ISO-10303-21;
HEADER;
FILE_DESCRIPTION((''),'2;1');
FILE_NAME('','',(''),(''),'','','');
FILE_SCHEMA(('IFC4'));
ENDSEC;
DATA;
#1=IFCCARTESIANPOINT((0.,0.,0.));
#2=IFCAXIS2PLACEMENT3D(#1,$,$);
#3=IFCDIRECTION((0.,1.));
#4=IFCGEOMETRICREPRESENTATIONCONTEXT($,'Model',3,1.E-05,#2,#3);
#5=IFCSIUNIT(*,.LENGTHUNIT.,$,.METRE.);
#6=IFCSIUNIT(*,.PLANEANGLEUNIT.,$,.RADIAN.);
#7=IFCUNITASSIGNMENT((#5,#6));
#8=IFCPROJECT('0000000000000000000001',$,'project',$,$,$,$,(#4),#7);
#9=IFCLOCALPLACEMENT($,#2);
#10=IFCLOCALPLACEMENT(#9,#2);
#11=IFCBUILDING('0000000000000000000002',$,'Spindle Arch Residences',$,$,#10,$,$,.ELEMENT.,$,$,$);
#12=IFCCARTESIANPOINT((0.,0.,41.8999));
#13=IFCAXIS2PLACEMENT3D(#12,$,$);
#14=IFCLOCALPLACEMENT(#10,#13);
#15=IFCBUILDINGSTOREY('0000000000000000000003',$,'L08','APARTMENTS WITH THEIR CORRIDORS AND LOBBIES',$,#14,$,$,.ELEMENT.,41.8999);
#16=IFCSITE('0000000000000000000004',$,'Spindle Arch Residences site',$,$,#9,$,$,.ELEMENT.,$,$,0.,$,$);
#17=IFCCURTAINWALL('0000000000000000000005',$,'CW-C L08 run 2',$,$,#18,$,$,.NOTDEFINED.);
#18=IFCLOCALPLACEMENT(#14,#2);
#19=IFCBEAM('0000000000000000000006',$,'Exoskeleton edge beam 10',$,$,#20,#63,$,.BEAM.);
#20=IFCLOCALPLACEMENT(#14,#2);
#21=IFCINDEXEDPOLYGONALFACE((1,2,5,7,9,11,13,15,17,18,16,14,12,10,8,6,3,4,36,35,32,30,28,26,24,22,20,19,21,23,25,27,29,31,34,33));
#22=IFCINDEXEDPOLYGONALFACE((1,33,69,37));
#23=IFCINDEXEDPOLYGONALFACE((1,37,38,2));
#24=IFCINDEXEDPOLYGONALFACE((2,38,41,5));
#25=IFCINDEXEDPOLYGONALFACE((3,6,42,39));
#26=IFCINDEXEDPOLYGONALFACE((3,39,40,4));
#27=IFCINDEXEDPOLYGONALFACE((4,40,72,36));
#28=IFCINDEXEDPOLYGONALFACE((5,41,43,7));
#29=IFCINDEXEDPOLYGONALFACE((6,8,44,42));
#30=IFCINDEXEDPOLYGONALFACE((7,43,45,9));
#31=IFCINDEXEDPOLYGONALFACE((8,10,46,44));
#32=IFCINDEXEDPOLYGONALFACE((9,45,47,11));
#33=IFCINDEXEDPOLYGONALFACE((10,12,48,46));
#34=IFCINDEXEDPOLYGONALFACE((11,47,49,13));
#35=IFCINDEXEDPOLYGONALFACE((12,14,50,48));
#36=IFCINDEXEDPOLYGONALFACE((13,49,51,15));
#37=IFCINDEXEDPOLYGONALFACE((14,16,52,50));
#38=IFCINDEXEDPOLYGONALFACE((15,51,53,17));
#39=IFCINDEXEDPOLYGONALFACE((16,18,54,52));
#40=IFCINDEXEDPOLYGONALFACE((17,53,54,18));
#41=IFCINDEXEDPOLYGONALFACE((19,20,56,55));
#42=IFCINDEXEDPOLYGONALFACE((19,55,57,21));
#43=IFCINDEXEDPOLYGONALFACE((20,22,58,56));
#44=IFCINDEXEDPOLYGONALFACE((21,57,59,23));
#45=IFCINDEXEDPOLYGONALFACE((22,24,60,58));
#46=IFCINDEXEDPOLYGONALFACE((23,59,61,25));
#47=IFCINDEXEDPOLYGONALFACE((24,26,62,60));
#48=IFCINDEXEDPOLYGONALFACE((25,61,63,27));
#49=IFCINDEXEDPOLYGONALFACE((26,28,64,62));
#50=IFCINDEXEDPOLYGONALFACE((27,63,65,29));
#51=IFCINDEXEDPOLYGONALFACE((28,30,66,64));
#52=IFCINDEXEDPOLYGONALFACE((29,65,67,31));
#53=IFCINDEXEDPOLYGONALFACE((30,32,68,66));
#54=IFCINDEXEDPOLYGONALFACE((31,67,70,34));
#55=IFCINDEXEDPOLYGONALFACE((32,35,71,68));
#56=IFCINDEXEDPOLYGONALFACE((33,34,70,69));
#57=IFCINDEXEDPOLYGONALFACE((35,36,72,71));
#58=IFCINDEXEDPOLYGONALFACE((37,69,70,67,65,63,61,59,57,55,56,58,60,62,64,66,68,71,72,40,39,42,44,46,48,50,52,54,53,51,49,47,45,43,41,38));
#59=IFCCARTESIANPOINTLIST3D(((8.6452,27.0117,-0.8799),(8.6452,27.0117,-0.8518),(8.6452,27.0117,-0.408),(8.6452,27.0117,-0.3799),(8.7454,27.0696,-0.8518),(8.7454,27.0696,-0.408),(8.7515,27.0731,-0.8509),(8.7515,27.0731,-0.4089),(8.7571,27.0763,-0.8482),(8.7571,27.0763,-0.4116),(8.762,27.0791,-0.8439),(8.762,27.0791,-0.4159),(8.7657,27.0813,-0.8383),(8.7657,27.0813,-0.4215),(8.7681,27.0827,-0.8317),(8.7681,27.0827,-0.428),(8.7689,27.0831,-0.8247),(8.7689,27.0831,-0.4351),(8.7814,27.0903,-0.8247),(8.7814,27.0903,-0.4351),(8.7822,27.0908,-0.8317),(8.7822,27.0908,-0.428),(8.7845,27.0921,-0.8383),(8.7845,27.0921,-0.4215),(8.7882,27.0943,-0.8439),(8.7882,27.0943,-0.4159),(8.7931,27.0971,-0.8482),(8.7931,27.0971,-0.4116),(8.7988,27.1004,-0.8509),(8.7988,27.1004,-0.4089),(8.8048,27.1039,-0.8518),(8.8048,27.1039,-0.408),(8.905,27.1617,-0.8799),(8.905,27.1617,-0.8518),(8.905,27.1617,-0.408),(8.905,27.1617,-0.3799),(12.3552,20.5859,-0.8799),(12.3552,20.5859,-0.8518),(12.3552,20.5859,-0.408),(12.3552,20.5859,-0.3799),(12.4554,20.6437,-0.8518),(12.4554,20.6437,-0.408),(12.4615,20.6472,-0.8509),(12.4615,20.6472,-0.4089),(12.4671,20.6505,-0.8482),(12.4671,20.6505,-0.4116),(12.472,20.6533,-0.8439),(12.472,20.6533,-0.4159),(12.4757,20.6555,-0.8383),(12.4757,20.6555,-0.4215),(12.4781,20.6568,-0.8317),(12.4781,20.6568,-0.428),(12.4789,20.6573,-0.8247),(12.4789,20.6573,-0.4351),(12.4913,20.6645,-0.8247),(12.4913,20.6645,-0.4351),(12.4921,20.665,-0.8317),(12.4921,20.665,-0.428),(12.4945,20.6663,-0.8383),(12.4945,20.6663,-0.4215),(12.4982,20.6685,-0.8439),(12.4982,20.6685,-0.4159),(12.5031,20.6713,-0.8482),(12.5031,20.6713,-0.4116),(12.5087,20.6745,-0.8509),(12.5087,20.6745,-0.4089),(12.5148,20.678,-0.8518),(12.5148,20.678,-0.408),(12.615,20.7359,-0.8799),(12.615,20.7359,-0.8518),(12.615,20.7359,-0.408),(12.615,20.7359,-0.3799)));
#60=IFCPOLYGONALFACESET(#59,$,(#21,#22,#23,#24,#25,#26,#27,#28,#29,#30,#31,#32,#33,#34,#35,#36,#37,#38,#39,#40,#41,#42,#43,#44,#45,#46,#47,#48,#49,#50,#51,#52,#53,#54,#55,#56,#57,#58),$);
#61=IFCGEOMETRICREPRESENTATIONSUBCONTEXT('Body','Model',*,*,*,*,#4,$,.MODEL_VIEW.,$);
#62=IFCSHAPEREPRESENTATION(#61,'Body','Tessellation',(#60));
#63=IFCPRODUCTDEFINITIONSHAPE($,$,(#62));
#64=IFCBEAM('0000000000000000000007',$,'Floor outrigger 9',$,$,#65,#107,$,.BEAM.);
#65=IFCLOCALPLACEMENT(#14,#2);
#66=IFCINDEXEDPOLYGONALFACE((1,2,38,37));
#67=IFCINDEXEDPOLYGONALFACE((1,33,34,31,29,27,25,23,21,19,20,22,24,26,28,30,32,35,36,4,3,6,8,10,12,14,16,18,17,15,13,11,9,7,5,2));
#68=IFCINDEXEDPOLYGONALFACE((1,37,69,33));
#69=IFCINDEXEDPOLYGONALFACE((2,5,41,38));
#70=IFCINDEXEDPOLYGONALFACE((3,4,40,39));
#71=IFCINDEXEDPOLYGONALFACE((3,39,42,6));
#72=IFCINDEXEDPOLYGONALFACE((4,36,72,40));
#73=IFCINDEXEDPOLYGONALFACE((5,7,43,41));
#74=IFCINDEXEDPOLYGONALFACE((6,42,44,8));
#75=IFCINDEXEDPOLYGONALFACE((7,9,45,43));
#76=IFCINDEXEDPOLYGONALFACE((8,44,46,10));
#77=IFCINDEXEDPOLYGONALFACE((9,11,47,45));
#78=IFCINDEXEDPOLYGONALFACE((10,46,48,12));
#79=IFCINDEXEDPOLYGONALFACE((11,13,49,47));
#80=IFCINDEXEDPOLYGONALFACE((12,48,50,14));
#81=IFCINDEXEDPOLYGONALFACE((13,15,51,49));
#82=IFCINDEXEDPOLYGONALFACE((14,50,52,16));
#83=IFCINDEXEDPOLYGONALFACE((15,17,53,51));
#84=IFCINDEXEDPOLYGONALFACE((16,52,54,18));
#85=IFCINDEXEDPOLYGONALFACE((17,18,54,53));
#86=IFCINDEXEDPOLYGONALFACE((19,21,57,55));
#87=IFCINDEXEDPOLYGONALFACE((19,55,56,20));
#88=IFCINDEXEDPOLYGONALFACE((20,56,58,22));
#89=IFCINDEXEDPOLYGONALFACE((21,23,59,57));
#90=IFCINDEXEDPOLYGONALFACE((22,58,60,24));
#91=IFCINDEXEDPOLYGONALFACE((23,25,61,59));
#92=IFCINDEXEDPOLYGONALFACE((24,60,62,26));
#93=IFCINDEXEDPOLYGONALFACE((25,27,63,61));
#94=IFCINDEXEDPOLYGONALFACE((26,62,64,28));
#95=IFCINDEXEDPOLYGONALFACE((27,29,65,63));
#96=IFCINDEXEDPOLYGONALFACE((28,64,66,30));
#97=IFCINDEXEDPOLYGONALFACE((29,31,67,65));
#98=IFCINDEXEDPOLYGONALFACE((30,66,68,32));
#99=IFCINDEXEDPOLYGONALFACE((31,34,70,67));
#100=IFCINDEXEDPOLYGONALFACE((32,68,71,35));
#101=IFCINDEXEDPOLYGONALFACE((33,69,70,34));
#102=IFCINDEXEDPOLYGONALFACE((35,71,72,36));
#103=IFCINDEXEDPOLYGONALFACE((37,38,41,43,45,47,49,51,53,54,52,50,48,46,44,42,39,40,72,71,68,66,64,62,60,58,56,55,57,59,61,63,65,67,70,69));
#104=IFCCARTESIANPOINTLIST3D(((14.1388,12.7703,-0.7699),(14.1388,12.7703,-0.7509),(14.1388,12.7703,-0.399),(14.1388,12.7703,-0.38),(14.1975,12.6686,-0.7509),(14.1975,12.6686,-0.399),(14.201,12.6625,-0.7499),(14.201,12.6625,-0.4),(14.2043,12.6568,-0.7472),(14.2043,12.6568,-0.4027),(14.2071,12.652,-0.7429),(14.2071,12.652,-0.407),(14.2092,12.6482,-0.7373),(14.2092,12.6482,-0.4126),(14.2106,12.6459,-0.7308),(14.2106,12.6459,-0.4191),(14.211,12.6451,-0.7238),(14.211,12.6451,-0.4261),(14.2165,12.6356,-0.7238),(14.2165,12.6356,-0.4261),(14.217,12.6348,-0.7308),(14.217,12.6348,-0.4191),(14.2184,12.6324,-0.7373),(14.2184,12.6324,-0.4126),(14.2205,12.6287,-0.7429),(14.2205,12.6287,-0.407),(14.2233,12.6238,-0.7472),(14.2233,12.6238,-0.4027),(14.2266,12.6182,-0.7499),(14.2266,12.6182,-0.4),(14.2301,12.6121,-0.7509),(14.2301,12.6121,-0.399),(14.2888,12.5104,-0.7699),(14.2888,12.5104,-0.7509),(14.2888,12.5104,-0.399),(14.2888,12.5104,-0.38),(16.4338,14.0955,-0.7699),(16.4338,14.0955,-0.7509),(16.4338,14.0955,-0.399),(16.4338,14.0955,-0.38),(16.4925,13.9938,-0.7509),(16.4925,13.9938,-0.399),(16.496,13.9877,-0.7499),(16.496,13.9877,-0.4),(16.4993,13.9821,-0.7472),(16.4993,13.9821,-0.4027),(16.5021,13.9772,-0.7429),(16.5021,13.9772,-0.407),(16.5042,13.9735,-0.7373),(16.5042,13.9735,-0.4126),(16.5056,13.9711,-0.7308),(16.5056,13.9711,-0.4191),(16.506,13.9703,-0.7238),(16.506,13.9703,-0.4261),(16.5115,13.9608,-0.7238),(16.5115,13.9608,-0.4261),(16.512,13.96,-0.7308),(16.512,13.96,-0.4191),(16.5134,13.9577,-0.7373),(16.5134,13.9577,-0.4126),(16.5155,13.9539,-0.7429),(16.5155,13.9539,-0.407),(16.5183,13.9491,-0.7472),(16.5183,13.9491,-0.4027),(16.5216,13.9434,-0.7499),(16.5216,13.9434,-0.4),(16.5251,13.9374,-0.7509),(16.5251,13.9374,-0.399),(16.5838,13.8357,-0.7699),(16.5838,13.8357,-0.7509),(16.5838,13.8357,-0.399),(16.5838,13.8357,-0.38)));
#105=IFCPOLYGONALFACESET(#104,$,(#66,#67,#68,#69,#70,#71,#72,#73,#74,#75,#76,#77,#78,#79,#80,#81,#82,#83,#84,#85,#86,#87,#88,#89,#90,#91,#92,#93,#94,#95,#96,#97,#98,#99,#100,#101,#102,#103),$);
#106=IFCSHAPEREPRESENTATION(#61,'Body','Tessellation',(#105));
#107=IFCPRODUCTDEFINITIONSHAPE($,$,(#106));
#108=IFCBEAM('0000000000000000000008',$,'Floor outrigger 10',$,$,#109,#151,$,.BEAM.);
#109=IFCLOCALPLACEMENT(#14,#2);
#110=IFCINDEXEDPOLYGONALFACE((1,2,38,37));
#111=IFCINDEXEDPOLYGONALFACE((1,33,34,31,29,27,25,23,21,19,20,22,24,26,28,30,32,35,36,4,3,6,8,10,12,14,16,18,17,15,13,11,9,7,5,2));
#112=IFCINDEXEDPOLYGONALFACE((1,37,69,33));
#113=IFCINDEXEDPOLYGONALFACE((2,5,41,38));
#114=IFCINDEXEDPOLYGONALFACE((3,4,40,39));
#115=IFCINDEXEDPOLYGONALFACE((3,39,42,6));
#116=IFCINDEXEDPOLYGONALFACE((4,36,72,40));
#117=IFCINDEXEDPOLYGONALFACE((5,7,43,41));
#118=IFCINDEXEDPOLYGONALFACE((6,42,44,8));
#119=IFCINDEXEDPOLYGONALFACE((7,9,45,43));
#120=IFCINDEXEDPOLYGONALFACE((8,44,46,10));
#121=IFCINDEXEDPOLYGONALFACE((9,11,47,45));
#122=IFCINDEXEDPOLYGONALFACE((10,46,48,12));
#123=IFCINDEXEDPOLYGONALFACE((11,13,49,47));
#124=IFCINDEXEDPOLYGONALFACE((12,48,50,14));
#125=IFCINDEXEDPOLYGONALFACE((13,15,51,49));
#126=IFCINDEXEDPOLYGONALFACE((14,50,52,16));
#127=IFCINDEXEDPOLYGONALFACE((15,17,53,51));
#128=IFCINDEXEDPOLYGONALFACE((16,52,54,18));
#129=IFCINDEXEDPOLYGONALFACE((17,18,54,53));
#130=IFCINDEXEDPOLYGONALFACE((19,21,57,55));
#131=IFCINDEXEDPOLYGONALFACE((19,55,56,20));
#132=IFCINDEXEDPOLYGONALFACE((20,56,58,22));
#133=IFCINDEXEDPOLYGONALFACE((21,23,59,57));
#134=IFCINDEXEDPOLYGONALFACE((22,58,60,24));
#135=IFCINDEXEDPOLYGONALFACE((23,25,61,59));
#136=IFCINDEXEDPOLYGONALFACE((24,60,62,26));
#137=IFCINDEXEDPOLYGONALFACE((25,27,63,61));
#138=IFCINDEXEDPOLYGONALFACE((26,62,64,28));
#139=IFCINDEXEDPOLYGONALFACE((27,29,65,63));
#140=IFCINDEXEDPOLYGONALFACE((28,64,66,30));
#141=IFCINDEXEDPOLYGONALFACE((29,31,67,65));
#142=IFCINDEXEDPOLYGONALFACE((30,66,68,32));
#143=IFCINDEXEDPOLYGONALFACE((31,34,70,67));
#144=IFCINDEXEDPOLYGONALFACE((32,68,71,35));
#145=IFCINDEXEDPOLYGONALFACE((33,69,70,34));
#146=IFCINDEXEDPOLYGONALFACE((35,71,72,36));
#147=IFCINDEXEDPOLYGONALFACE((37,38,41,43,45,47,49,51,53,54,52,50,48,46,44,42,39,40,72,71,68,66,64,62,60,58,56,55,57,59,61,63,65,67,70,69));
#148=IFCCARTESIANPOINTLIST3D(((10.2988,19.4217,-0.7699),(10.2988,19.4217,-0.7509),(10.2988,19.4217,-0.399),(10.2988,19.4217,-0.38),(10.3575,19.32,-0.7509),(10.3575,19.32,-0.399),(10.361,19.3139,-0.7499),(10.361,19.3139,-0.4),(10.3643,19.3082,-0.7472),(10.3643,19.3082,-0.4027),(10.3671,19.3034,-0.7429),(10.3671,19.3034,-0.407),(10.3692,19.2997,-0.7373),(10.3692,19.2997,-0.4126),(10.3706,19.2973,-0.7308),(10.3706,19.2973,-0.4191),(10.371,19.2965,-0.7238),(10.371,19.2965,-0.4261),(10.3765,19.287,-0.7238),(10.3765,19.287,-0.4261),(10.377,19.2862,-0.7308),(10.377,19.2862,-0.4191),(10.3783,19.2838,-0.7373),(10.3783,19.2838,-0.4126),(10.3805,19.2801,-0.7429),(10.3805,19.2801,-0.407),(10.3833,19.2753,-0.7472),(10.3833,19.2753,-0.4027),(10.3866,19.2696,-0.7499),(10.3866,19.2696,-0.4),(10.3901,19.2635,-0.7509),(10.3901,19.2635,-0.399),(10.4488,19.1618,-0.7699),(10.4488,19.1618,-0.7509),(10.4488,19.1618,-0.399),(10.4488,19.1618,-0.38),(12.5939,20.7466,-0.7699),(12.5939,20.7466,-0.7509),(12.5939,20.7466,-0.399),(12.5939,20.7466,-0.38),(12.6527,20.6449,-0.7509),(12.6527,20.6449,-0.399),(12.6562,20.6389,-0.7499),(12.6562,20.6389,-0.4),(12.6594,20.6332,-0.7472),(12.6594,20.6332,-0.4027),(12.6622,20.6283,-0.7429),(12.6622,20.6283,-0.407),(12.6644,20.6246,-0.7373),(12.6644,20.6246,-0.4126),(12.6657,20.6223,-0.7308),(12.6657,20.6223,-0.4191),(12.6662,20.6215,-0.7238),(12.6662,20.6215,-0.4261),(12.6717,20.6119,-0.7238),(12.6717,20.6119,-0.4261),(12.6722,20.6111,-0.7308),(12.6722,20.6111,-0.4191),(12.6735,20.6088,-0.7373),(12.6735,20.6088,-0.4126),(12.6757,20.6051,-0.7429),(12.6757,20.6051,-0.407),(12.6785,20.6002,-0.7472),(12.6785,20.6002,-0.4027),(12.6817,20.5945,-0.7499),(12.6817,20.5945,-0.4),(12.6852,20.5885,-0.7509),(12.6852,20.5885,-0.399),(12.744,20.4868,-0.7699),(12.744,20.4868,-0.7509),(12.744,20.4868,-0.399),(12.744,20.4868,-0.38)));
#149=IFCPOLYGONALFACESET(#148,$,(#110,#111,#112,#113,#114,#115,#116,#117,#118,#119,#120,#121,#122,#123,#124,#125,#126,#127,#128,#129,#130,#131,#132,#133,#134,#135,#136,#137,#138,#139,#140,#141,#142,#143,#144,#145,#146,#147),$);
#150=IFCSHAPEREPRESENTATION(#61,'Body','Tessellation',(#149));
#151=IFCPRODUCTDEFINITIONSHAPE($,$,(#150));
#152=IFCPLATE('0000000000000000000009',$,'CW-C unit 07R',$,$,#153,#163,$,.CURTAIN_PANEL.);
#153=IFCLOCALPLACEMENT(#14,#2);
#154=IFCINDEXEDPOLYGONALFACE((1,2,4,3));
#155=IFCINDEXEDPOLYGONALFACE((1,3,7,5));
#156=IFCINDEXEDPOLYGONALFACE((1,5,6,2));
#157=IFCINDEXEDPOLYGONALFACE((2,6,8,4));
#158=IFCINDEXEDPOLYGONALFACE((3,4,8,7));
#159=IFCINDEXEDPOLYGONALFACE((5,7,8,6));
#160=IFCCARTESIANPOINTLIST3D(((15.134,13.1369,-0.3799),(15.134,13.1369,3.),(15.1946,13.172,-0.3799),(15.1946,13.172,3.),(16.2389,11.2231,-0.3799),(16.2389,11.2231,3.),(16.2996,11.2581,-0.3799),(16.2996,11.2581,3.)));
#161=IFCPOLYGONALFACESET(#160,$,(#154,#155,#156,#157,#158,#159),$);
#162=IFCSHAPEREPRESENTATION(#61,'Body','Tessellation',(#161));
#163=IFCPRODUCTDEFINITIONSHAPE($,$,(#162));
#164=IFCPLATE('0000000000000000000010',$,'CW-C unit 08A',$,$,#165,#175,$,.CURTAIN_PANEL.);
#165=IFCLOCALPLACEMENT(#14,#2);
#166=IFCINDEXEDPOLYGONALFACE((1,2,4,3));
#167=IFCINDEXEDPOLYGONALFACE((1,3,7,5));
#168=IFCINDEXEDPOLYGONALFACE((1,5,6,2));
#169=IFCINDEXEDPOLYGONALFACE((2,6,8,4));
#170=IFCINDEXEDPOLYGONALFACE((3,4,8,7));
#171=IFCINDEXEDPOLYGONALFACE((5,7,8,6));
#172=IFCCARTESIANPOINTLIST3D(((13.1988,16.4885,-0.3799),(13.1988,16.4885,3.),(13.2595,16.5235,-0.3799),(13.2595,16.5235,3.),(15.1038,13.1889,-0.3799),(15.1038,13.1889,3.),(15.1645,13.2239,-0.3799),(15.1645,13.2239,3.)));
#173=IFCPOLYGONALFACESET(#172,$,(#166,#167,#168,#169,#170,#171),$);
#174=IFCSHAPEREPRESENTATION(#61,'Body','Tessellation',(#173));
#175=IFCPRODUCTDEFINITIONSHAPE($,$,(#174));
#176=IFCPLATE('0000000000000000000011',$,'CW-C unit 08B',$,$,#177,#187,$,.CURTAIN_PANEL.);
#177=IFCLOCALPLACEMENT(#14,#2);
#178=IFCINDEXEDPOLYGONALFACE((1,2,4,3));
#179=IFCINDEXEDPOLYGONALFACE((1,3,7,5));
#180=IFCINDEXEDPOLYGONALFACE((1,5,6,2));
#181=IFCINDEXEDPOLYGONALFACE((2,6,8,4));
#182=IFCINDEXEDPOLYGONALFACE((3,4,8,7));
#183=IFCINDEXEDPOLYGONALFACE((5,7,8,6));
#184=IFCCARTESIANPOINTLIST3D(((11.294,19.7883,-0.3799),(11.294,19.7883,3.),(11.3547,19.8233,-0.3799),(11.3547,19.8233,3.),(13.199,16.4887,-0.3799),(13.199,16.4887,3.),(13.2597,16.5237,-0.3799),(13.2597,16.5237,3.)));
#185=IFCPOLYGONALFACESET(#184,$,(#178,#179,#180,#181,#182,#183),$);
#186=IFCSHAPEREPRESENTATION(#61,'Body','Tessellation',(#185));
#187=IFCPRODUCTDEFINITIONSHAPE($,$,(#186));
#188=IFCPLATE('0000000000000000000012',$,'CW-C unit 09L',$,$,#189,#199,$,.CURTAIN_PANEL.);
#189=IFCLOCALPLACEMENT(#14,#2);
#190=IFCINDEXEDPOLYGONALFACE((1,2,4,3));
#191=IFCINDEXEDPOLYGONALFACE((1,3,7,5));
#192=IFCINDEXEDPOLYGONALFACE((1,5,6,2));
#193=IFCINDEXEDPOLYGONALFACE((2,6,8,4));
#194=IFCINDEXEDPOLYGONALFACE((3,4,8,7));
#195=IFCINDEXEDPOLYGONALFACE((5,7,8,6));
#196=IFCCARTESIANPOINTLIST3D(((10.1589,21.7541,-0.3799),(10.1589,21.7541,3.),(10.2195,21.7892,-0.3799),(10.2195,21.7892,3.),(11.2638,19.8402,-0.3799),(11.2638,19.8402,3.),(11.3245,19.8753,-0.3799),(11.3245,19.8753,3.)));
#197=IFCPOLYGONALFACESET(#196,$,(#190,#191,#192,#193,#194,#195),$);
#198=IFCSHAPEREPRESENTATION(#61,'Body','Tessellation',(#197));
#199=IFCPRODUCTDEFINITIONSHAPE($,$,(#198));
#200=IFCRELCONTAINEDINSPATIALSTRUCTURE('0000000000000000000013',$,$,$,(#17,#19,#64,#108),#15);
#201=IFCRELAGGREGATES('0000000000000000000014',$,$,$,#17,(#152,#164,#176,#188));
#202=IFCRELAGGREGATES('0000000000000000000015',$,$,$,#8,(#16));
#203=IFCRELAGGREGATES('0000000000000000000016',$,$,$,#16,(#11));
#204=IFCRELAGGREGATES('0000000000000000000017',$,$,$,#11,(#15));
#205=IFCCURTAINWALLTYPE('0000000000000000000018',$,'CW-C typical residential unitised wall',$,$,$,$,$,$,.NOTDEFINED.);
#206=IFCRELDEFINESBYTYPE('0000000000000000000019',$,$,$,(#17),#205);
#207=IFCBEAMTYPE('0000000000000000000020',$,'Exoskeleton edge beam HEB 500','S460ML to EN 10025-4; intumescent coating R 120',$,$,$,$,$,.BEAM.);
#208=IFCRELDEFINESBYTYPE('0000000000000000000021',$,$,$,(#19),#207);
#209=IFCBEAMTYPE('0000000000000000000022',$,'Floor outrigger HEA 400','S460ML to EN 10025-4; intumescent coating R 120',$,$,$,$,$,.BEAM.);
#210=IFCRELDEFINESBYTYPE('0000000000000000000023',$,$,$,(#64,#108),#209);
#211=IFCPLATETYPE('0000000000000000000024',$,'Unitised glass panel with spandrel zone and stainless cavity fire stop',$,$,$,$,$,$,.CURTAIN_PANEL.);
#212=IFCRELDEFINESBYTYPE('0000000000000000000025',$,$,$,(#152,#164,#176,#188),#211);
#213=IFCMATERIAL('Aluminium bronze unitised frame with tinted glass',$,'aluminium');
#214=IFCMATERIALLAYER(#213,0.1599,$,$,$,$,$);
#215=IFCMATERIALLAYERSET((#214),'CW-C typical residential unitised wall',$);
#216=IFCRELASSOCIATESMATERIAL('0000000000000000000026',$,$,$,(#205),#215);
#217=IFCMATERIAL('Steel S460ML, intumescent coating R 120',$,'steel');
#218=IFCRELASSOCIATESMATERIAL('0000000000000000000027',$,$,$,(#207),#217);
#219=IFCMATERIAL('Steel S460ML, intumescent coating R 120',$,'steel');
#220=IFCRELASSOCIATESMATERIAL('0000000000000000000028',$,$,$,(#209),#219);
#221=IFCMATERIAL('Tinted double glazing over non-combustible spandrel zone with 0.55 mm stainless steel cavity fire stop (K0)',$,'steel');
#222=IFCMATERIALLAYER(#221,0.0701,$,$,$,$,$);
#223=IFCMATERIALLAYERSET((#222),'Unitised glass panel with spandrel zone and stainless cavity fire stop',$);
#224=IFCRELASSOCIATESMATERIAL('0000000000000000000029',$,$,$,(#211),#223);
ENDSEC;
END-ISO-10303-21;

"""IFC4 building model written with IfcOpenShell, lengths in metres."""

from ifc_helpers import new_model, si_unit, direction, frame, origin, origin_2d, place, context, subcontext, project, spatial, rectangle, i_section, extrude, material, layer, layer_set, material_profile, profile_set, type_object, element, aggregate, save


model = new_model("IFC4")

# Units and contexts
model_context = context("Model", 3, precision=1e-05, world=origin(), true_north=direction((0.0, 1.0)))
body_context = subcontext(model_context, "Body", "Model", "MODEL_VIEW")
ifc_project = project(units=[si_unit("LENGTHUNIT", "METRE"), si_unit("PLANEANGLEUNIT", "RADIAN")], contexts=[model_context])

# Site, building, storey
site_placement = place(None, origin())
site = spatial("IfcSite", under=ifc_project, at=site_placement, Name="Spindle Arch Residences site", CompositionType="ELEMENT", RefElevation=0.0)
building_placement = place(site_placement, origin())
building = spatial("IfcBuilding", under=site, at=building_placement, Name="Spindle Arch Residences", CompositionType="ELEMENT")
storey_placement = place(building_placement, frame((0.0, 0.0, 41.8999)))
storey = spatial("IfcBuildingStorey", under=building, at=storey_placement, Name="L08", Description="APARTMENTS WITH THEIR CORRIDORS AND LOBBIES", CompositionType="ELEMENT", Elevation=41.8999)

# Curtain wall
ifc_material_1 = material(Name="Aluminium bronze unitised frame with tinted glass", Category="aluminium")
ifc_layer_1 = layer(ifc_material_1, 0.1599)
ifc_layer_set_1 = layer_set([ifc_layer_1], Name="CW-C typical residential unitised wall")
curtain_wall_type = type_object("IfcCurtainWallType", Name="CW-C typical residential unitised wall", PredefinedType="NOTDEFINED", material=ifc_layer_set_1)
curtain_wall_placement = place(storey_placement, origin())
curtain_wall = element("IfcCurtainWall", 1, at=curtain_wall_placement, inside=storey, type_object=curtain_wall_type, Name="CW-C L08 run 2", PredefinedType="NOTDEFINED")

# Beams
ifc_material_2 = material(Name="Steel S460ML, intumescent coating R 120", Category="steel")
ifc_material_profile_1 = material_profile(ifc_material_2, i_section(OverallWidth=0.3, OverallDepth=0.5, WebThickness=0.0144, FlangeThickness=0.0281, FilletRadius=0.0271, at=origin_2d()), Name="HEB 500")
ifc_profile_set_1 = profile_set([ifc_material_profile_1], Name="Steel S460ML, intumescent coating R 120")
beam_type_1 = type_object("IfcBeamType", Name="Exoskeleton edge beam HEB 500", Description="S460ML to EN 10025-4; intumescent coating R 120", PredefinedType="BEAM", material=ifc_profile_set_1)
beam_1_placement = place(storey_placement, frame((12.4851, 20.6609, -0.6299), z_axis=(-0.500003, 0.866023, 0.0), x_axis=(-0.866023, -0.500003, 0.0)))
element("IfcBeam", 2, at=beam_1_placement, inside=storey, type_object=beam_type_1, Name="Exoskeleton edge beam 10", PredefinedType="BEAM", context=body_context, shape_type="SweptSolid", body=[
    extrude(i_section(OverallWidth=0.3, OverallDepth=0.5, WebThickness=0.0144, FlangeThickness=0.0281, FilletRadius=0.0271, at=origin_2d()), origin(), (0.0, 0.0, 1.0), 7.4199),
])
ifc_material_3 = material(Name="Steel S460ML, intumescent coating R 120", Category="steel")
ifc_material_profile_2 = material_profile(ifc_material_3, i_section(OverallWidth=0.3, OverallDepth=0.3899, WebThickness=0.011, FlangeThickness=0.019, FilletRadius=0.0271, at=origin_2d()), Name="HEA 400")
ifc_profile_set_2 = profile_set([ifc_material_profile_2], Name="Steel S460ML, intumescent coating R 120")
beam_type_2 = type_object("IfcBeamType", Name="Floor outrigger HEA 400", Description="S460ML to EN 10025-4; intumescent coating R 120", PredefinedType="BEAM", material=ifc_profile_set_2)
for number, where, z_axis, x_axis, name in (
    (3, (16.5088, 13.9656, -0.575), (-0.865989, -0.500063, 0.0), (0.500063, -0.865989, 0.0), "Floor outrigger 9"),
    (4, (12.6689, 20.6167, -0.575), (-0.866052, -0.499954, 0.0), (0.499954, -0.866052, 0.0), "Floor outrigger 10"),
):
    element("IfcBeam", number, at=place(storey_placement, frame(where, z_axis=z_axis, x_axis=x_axis)), inside=storey, type_object=beam_type_2, Name=name, PredefinedType="BEAM", context=body_context, shape_type="SweptSolid", body=[
        extrude(i_section(OverallWidth=0.3, OverallDepth=0.3899, WebThickness=0.011, FlangeThickness=0.019, FilletRadius=0.0271, at=origin_2d()), origin(), (0.0, 0.0, 1.0), 2.6501),
    ])

# Plates
ifc_material_4 = material(Name="Tinted double glazing over non-combustible spandrel zone with 0.55 mm stainless steel cavity fire stop (K0)", Category="steel")
ifc_layer_2 = layer(ifc_material_4, 0.0701)
ifc_layer_set_2 = layer_set([ifc_layer_2], Name="Unitised glass panel with spandrel zone and stainless cavity fire stop")
plate_type = type_object("IfcPlateType", Name="Unitised glass panel with spandrel zone and stainless cavity fire stop", PredefinedType="CURTAIN_PANEL", material=ifc_layer_set_2)
plate_1_placement = place(storey_placement, frame((15.7168, 12.1975, -0.3799), z_axis=(0.0, 0.0, 1.0), x_axis=(-0.5, 0.866025, 0.0)))
plate_1 = element("IfcPlate", 5, at=plate_1_placement, type_object=plate_type, Name="CW-C unit 07R", PredefinedType="CURTAIN_PANEL", context=body_context, shape_type="SweptSolid", body=[
    extrude(rectangle(XDim=2.21, YDim=0.0701, at=origin_2d()), origin(), (0.0, 0.0, 1.0), 3.3799),
])
plate_2_placement = place(storey_placement, frame((14.1816, 14.8562, -0.3799), z_axis=(0.0, 0.0, 1.0), x_axis=(-0.5, 0.866025, 0.0)))
plate_2 = element("IfcPlate", 6, at=plate_2_placement, type_object=plate_type, Name="CW-C unit 08A", PredefinedType="CURTAIN_PANEL", context=body_context, shape_type="SweptSolid", body=[
    extrude(rectangle(XDim=3.8101, YDim=0.0701, at=origin_2d()), origin(), (0.0, 0.0, 1.0), 3.3799),
])
plate_3_placement = place(storey_placement, frame((12.2769, 18.156, -0.3799), z_axis=(0.0, 0.0, 1.0), x_axis=(-0.5, 0.866025, 0.0)))
plate_3 = element("IfcPlate", 7, at=plate_3_placement, type_object=plate_type, Name="CW-C unit 08B", PredefinedType="CURTAIN_PANEL", context=body_context, shape_type="SweptSolid", body=[
    extrude(rectangle(XDim=3.8101, YDim=0.0701, at=origin_2d()), origin(), (0.0, 0.0, 1.0), 3.3799),
])
plate_4_placement = place(storey_placement, frame((10.7417, 20.8147, -0.3799), z_axis=(0.0, 0.0, 1.0), x_axis=(-0.5, 0.866025, 0.0)))
plate_4 = element("IfcPlate", 8, at=plate_4_placement, type_object=plate_type, Name="CW-C unit 09L", PredefinedType="CURTAIN_PANEL", context=body_context, shape_type="SweptSolid", body=[
    extrude(rectangle(XDim=2.21, YDim=0.0701, at=origin_2d()), origin(), (0.0, 0.0, 1.0), 3.3799),
])
aggregate(curtain_wall, [plate_1, plate_2, plate_3, plate_4])

save(model, "model.ifc")
